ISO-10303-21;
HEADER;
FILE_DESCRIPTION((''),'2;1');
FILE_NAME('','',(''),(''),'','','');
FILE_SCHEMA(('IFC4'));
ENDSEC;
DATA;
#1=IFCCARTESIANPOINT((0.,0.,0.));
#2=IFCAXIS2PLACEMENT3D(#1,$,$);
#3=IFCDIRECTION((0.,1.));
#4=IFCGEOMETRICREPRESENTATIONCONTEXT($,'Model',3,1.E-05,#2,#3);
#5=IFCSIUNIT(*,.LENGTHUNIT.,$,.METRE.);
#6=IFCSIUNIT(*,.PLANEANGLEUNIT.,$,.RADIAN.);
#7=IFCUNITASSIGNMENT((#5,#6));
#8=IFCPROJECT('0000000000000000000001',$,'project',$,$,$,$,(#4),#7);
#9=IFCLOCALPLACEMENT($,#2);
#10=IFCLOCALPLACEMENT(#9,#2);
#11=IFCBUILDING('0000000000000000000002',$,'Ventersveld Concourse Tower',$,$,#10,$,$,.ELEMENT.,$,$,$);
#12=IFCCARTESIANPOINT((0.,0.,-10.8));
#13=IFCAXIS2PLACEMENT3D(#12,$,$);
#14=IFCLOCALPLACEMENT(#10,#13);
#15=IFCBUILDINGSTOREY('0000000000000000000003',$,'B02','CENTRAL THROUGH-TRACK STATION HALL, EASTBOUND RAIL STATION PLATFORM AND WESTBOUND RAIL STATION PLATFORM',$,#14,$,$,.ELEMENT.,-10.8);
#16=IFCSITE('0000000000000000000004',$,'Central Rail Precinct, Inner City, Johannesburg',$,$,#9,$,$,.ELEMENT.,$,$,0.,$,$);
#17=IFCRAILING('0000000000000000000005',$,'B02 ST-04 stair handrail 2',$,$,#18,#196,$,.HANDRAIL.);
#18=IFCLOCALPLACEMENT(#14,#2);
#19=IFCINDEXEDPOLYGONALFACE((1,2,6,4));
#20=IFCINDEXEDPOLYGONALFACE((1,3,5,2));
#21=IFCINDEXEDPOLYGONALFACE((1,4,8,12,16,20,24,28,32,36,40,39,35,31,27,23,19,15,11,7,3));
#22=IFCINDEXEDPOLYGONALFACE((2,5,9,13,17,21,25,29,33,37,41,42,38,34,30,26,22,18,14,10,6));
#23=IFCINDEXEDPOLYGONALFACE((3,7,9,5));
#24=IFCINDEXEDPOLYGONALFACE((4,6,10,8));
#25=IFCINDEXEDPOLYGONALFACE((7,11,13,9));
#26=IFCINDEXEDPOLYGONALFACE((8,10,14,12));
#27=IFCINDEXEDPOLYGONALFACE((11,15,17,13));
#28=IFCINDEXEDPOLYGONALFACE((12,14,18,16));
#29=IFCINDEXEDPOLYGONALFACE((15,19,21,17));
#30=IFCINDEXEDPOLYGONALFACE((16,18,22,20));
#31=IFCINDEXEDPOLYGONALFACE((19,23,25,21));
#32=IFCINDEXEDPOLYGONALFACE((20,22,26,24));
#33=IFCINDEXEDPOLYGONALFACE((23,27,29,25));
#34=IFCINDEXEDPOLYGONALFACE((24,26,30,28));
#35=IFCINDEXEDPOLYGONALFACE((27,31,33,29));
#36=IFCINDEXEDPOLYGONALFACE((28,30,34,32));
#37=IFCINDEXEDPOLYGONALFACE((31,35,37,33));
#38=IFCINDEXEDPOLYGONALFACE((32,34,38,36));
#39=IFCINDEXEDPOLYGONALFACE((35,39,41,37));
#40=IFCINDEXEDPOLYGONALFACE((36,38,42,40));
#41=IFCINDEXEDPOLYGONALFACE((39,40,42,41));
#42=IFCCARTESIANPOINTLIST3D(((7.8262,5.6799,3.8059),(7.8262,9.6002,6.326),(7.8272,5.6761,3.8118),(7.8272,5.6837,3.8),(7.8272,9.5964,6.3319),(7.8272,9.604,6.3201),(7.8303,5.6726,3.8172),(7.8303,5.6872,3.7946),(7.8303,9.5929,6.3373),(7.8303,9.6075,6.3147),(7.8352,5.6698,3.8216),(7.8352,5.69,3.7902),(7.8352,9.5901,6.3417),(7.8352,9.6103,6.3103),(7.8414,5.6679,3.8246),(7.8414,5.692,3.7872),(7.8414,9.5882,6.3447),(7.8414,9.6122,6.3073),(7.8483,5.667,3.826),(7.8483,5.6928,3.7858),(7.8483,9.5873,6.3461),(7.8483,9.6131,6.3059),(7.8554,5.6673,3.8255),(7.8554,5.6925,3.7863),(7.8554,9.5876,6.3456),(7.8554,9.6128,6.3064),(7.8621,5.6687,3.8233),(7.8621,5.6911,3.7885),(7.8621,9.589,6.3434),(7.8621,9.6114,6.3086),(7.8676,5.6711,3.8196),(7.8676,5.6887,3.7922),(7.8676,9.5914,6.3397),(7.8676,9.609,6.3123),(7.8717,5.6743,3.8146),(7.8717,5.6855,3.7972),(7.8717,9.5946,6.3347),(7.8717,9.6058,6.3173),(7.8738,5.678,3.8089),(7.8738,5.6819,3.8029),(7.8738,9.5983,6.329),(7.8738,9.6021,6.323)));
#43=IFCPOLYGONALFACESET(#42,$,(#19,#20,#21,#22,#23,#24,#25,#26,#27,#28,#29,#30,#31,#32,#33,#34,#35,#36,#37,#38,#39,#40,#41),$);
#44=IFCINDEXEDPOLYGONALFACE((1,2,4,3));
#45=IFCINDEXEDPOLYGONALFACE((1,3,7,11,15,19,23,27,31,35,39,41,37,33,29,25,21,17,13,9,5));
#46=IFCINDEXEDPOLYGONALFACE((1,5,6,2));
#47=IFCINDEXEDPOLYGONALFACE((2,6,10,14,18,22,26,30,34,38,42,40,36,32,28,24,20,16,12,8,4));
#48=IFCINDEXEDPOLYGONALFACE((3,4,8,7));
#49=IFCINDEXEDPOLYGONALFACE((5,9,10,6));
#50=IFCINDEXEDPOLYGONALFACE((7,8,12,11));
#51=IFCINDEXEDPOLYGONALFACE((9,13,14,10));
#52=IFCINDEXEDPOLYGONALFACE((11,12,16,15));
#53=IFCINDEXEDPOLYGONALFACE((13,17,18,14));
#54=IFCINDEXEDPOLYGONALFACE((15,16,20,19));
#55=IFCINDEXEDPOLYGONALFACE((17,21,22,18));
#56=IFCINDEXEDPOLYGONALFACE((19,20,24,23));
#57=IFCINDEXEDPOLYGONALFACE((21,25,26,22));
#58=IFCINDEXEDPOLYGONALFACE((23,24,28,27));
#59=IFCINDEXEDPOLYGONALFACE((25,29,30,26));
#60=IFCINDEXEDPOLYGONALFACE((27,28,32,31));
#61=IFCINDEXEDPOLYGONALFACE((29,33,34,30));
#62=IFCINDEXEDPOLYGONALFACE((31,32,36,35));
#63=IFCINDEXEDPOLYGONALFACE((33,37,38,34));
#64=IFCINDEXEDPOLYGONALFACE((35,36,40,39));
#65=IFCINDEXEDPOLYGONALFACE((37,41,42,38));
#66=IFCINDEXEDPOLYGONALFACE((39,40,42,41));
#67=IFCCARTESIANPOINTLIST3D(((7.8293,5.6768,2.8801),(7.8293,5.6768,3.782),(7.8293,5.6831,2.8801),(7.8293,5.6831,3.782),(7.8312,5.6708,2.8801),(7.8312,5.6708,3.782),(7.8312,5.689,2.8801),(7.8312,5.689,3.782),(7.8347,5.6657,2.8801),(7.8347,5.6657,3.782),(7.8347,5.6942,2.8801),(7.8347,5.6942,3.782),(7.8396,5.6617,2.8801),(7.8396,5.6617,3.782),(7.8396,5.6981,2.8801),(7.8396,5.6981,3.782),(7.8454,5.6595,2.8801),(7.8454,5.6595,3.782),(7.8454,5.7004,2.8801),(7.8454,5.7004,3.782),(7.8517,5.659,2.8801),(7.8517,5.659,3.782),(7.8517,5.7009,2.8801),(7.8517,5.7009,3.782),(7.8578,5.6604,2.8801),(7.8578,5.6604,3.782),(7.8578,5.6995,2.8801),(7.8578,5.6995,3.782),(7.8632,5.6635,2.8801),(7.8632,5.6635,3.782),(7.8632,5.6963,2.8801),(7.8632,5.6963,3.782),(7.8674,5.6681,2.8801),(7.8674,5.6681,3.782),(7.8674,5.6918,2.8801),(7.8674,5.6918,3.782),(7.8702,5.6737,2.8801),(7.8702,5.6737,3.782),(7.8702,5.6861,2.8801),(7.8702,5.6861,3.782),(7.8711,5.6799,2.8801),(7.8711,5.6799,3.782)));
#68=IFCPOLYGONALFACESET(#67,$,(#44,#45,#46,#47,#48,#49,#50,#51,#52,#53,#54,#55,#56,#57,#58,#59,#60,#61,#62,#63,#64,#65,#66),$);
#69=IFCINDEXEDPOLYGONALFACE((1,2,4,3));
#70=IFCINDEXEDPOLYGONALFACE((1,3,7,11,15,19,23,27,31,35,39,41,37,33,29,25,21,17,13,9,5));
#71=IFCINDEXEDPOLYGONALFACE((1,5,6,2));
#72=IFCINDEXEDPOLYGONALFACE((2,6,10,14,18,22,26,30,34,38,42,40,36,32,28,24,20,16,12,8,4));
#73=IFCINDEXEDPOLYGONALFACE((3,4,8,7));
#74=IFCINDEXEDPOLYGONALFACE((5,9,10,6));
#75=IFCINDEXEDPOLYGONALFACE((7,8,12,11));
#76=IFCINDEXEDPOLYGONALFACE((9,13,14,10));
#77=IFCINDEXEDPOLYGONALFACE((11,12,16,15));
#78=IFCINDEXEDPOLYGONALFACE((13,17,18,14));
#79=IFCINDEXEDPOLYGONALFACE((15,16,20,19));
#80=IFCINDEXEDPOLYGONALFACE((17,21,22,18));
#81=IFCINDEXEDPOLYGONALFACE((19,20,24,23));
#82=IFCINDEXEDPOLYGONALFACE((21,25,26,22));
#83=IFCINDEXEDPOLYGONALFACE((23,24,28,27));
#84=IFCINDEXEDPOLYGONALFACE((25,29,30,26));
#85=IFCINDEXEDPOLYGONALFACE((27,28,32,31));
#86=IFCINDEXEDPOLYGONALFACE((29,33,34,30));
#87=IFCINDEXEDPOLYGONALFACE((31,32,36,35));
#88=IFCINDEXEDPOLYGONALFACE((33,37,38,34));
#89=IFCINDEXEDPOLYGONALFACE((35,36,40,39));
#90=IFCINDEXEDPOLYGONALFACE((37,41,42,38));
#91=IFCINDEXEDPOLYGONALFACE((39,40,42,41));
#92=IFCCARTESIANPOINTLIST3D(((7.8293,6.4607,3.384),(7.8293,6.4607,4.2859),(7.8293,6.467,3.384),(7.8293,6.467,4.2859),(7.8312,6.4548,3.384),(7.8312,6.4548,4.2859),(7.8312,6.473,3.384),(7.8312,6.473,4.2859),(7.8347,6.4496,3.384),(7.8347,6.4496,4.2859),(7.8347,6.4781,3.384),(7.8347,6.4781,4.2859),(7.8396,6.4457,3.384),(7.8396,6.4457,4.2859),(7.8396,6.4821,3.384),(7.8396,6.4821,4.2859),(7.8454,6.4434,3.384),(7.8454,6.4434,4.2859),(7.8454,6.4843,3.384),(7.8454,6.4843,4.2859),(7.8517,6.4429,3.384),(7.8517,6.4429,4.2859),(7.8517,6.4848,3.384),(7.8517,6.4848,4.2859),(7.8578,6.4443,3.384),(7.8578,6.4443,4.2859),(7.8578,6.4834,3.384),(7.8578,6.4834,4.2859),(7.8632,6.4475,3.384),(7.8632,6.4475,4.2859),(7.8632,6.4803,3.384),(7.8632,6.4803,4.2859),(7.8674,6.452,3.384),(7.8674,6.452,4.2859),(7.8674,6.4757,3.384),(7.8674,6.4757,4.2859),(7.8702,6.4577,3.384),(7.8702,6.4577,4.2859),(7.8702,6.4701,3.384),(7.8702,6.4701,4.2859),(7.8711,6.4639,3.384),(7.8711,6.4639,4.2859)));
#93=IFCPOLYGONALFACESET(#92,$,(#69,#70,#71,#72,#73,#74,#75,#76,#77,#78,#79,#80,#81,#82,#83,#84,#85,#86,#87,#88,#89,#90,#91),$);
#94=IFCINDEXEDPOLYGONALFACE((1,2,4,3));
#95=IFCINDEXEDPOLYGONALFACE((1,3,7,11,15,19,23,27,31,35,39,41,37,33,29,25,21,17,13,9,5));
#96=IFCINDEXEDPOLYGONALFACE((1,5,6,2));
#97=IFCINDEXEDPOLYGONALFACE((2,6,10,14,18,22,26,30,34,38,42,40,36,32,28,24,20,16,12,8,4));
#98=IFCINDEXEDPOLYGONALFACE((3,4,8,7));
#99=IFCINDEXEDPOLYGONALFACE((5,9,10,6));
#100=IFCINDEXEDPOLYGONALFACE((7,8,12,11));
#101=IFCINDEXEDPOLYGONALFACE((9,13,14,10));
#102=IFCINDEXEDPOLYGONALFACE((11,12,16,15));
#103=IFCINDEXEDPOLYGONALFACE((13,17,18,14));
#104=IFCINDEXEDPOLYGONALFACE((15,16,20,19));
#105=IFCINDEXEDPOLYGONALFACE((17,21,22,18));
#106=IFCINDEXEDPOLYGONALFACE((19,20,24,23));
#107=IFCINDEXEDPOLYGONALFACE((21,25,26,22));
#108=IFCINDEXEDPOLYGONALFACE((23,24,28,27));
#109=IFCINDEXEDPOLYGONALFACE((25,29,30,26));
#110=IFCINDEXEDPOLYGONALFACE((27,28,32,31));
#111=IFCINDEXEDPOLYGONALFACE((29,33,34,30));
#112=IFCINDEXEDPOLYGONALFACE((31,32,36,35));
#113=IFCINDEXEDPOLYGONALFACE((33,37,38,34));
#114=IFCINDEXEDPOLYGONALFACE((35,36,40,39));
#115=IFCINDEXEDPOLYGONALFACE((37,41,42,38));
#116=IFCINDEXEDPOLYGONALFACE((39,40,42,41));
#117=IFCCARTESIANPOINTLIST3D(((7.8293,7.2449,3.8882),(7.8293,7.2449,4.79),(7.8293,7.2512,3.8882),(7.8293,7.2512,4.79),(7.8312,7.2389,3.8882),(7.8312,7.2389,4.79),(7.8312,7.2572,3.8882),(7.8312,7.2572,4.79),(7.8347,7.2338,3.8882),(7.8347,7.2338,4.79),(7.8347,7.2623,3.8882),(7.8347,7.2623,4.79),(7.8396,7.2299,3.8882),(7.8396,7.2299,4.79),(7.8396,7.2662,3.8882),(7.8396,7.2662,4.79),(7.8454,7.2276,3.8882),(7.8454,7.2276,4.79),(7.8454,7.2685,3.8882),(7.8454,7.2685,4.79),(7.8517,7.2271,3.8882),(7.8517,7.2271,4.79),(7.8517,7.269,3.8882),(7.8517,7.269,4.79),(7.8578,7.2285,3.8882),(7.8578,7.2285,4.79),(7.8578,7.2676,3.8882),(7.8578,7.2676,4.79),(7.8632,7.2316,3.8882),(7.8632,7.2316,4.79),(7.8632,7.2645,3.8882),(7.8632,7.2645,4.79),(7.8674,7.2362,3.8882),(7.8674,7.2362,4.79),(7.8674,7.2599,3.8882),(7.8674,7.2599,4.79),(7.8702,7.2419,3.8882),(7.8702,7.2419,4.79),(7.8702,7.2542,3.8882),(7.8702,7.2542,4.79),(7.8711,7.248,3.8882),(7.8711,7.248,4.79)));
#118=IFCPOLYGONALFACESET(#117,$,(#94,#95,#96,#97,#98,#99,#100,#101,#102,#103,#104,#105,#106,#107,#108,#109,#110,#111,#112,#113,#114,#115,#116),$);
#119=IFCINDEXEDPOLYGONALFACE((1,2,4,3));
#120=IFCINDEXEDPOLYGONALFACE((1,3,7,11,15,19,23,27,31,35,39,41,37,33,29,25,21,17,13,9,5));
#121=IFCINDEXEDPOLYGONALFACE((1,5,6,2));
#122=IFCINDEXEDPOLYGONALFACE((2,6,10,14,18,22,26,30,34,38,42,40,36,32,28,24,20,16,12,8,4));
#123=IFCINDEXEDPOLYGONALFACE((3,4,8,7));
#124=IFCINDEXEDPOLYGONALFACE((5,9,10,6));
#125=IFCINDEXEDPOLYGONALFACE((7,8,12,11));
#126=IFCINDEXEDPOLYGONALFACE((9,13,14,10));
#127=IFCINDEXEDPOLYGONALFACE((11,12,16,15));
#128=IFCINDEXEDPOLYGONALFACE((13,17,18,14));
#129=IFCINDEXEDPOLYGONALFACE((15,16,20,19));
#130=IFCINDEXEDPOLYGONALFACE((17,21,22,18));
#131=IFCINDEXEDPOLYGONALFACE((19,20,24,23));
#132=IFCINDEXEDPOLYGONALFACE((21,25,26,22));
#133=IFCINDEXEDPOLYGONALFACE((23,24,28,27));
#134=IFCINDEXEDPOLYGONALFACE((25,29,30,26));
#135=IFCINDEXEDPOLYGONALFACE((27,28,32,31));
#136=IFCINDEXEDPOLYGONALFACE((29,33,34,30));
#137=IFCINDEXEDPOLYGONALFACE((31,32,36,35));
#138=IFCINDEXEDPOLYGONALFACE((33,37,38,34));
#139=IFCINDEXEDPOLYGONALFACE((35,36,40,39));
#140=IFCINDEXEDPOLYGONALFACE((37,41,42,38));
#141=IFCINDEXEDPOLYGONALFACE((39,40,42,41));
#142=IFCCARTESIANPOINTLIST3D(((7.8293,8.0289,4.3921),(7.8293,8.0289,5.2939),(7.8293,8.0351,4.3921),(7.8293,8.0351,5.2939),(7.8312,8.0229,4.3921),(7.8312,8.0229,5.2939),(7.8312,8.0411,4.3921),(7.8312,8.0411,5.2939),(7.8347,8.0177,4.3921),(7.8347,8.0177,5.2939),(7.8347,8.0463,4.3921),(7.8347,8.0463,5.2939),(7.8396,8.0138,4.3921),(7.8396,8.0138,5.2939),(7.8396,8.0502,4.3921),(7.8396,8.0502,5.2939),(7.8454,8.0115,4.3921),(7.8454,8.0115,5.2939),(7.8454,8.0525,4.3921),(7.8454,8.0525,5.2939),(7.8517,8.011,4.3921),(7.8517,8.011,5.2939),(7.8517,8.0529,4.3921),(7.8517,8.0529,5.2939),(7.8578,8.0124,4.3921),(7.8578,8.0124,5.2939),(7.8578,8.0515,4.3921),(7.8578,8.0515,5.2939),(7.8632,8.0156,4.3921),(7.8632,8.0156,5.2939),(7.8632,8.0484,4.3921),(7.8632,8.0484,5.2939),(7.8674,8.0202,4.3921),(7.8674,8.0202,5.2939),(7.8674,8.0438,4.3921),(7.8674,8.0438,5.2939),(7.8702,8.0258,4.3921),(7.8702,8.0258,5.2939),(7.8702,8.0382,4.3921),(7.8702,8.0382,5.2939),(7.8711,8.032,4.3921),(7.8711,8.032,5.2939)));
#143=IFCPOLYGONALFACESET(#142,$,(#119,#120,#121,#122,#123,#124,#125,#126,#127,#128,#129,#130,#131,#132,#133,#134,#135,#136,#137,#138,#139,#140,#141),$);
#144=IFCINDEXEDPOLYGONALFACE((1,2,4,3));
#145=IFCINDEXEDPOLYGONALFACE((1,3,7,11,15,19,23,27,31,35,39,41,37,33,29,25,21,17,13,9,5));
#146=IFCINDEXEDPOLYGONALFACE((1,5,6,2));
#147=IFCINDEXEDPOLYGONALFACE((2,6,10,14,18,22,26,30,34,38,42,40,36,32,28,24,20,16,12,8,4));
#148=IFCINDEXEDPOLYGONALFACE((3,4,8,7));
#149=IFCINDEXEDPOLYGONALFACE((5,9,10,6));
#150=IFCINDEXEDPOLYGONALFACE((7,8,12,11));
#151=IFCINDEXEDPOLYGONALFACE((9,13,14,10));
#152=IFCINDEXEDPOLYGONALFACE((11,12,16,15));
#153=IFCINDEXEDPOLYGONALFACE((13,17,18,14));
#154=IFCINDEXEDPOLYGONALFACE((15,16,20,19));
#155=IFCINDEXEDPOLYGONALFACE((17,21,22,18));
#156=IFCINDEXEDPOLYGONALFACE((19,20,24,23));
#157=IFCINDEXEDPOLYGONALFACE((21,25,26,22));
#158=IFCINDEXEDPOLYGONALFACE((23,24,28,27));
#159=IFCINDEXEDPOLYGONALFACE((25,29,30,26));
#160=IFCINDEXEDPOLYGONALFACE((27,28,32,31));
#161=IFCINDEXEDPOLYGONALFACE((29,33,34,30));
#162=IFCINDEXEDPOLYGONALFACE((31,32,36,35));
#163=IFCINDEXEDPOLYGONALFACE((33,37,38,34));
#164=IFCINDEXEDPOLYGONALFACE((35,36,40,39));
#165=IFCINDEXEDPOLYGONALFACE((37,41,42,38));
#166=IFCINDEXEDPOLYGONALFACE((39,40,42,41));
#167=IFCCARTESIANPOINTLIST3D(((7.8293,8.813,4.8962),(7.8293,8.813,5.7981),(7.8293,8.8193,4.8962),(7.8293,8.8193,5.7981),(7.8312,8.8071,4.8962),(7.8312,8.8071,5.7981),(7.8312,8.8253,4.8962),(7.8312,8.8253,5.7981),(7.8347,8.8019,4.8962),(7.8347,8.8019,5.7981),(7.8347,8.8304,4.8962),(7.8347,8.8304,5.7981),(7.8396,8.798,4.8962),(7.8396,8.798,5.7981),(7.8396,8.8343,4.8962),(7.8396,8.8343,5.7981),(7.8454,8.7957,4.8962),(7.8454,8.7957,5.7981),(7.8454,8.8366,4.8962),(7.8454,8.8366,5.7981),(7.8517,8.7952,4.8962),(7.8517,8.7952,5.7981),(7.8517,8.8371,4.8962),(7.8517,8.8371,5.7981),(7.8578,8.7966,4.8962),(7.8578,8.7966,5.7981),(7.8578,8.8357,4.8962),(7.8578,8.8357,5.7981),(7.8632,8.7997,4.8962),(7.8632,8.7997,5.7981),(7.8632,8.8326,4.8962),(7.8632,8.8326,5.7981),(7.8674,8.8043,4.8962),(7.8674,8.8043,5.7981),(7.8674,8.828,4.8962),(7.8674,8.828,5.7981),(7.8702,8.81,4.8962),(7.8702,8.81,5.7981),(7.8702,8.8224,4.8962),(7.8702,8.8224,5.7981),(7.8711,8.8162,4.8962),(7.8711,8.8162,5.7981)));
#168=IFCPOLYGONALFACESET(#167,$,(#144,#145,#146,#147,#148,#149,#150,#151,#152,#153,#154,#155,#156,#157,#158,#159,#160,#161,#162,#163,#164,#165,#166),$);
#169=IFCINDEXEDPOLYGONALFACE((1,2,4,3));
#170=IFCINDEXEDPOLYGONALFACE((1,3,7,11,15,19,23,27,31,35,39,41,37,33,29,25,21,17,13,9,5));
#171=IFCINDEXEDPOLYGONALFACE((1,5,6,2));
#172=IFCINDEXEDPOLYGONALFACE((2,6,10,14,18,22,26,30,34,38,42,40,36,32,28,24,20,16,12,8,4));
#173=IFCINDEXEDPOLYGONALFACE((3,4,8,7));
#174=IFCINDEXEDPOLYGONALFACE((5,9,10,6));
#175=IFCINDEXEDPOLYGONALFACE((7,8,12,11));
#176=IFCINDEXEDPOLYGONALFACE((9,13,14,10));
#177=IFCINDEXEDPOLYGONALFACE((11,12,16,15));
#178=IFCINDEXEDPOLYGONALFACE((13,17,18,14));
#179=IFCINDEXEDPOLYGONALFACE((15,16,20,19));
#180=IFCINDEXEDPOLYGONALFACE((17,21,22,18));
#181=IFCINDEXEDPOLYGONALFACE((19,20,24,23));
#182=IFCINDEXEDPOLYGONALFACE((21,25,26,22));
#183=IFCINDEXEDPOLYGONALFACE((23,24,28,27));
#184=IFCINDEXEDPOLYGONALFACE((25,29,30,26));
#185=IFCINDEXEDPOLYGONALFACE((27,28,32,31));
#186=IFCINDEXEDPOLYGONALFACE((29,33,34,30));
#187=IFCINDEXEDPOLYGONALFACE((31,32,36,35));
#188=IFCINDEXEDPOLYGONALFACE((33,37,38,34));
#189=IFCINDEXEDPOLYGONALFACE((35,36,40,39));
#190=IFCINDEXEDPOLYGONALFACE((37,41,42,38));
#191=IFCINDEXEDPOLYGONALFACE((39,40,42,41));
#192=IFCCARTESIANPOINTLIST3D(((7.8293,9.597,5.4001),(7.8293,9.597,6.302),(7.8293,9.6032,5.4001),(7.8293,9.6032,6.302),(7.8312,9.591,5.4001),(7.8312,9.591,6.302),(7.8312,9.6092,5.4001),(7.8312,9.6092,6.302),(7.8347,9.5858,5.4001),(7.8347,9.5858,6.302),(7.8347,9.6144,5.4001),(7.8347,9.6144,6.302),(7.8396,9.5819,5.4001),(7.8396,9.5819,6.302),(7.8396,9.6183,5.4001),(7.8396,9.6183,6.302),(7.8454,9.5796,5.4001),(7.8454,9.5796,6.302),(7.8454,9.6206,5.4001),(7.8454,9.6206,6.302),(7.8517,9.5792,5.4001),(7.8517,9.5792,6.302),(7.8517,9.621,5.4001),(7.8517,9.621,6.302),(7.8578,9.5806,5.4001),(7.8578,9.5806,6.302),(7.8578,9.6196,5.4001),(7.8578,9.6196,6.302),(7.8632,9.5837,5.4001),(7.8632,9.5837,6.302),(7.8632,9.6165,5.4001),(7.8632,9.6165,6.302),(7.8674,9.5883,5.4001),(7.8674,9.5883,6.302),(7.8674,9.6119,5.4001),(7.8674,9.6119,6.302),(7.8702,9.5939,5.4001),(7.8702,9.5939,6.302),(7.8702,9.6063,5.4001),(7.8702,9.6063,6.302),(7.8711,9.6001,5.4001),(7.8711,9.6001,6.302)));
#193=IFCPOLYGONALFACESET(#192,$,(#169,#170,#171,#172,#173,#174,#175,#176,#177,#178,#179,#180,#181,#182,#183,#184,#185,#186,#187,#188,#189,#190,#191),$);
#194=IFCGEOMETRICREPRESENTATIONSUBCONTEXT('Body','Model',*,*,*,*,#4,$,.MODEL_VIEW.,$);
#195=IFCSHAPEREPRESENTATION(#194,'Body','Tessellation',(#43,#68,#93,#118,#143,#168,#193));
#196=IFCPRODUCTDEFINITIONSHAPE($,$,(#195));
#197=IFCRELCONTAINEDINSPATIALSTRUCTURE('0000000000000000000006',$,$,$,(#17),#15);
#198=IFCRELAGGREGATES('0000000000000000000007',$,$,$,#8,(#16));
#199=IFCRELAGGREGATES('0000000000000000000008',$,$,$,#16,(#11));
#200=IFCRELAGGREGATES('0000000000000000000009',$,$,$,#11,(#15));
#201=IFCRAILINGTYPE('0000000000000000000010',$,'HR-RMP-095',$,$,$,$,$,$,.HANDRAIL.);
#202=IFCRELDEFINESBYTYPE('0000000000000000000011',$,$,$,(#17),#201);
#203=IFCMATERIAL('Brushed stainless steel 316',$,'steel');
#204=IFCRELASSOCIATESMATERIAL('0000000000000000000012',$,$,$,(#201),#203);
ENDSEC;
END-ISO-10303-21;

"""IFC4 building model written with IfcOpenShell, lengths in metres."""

from ifc_helpers import new_model, si_unit, direction, frame, origin, origin_2d, place, context, subcontext, project, spatial, circle, extrude, material, type_object, element, save


model = new_model("IFC4")

# Units and contexts
model_context = context("Model", 3, precision=1e-05, world=origin(), true_north=direction((0.0, 1.0)))
body_context = subcontext(model_context, "Body", "Model", "MODEL_VIEW")
ifc_project = project(units=[si_unit("LENGTHUNIT", "METRE"), si_unit("PLANEANGLEUNIT", "RADIAN")], contexts=[model_context])

# Site, building, storey
site_placement = place(None, origin())
site = spatial("IfcSite", under=ifc_project, at=site_placement, Name="Central Rail Precinct, Inner City, Johannesburg", CompositionType="ELEMENT", RefElevation=0.0)
building_placement = place(site_placement, origin())
building = spatial("IfcBuilding", under=site, at=building_placement, Name="Ventersveld Concourse Tower", CompositionType="ELEMENT")
storey_placement = place(building_placement, frame((0.0, 0.0, -10.8)))
storey = spatial("IfcBuildingStorey", under=building, at=storey_placement, Name="B02", Description="CENTRAL THROUGH-TRACK STATION HALL, EASTBOUND RAIL STATION PLATFORM AND WESTBOUND RAIL STATION PLATFORM", CompositionType="ELEMENT", Elevation=-10.8)

# Railing
ifc_material_1 = material(Name="Brushed stainless steel 316", Category="steel")
railing_type_1 = type_object("IfcRailingType", Name="HR-RMP-095", PredefinedType="HANDRAIL", material=ifc_material_1)
railing_1_placement = place(storey_placement, frame((7.8501, 5.6799, 2.8801)))
element("IfcRailing", 1, at=railing_1_placement, inside=storey, type_object=railing_type_1, Name="B02 ST-04 stair handrail 2", PredefinedType="HANDRAIL", context=body_context, shape_type="SweptSolid", body=[
    extrude(circle(Radius=0.0239, at=origin_2d()), frame((0.0, 0.0, 0.9258), z_axis=(0.0, 0.841187, 0.540744), x_axis=(-1.0, 0.0, 0.0)), (0.0, 0.0, 1.0), 4.6604),
    extrude(circle(Radius=0.021, at=origin_2d()), origin(), (0.0, 0.0, 1.0), 0.9019),
    extrude(circle(Radius=0.021, at=origin_2d()), frame((0.0, 0.7839, 0.5039)), (0.0, 0.0, 1.0), 0.9019),
    extrude(circle(Radius=0.021, at=origin_2d()), frame((0.0, 1.5681, 1.0081)), (0.0, 0.0, 1.0), 0.9019),
    extrude(circle(Radius=0.021, at=origin_2d()), frame((0.0, 2.3521, 1.512)), (0.0, 0.0, 1.0), 0.9019),
    extrude(circle(Radius=0.021, at=origin_2d()), frame((0.0, 3.1362, 2.0161)), (0.0, 0.0, 1.0), 0.9019),
    extrude(circle(Radius=0.021, at=origin_2d()), frame((0.0, 3.9202, 2.52)), (0.0, 0.0, 1.0), 0.9019),
])

save(model, "model.ifc")
